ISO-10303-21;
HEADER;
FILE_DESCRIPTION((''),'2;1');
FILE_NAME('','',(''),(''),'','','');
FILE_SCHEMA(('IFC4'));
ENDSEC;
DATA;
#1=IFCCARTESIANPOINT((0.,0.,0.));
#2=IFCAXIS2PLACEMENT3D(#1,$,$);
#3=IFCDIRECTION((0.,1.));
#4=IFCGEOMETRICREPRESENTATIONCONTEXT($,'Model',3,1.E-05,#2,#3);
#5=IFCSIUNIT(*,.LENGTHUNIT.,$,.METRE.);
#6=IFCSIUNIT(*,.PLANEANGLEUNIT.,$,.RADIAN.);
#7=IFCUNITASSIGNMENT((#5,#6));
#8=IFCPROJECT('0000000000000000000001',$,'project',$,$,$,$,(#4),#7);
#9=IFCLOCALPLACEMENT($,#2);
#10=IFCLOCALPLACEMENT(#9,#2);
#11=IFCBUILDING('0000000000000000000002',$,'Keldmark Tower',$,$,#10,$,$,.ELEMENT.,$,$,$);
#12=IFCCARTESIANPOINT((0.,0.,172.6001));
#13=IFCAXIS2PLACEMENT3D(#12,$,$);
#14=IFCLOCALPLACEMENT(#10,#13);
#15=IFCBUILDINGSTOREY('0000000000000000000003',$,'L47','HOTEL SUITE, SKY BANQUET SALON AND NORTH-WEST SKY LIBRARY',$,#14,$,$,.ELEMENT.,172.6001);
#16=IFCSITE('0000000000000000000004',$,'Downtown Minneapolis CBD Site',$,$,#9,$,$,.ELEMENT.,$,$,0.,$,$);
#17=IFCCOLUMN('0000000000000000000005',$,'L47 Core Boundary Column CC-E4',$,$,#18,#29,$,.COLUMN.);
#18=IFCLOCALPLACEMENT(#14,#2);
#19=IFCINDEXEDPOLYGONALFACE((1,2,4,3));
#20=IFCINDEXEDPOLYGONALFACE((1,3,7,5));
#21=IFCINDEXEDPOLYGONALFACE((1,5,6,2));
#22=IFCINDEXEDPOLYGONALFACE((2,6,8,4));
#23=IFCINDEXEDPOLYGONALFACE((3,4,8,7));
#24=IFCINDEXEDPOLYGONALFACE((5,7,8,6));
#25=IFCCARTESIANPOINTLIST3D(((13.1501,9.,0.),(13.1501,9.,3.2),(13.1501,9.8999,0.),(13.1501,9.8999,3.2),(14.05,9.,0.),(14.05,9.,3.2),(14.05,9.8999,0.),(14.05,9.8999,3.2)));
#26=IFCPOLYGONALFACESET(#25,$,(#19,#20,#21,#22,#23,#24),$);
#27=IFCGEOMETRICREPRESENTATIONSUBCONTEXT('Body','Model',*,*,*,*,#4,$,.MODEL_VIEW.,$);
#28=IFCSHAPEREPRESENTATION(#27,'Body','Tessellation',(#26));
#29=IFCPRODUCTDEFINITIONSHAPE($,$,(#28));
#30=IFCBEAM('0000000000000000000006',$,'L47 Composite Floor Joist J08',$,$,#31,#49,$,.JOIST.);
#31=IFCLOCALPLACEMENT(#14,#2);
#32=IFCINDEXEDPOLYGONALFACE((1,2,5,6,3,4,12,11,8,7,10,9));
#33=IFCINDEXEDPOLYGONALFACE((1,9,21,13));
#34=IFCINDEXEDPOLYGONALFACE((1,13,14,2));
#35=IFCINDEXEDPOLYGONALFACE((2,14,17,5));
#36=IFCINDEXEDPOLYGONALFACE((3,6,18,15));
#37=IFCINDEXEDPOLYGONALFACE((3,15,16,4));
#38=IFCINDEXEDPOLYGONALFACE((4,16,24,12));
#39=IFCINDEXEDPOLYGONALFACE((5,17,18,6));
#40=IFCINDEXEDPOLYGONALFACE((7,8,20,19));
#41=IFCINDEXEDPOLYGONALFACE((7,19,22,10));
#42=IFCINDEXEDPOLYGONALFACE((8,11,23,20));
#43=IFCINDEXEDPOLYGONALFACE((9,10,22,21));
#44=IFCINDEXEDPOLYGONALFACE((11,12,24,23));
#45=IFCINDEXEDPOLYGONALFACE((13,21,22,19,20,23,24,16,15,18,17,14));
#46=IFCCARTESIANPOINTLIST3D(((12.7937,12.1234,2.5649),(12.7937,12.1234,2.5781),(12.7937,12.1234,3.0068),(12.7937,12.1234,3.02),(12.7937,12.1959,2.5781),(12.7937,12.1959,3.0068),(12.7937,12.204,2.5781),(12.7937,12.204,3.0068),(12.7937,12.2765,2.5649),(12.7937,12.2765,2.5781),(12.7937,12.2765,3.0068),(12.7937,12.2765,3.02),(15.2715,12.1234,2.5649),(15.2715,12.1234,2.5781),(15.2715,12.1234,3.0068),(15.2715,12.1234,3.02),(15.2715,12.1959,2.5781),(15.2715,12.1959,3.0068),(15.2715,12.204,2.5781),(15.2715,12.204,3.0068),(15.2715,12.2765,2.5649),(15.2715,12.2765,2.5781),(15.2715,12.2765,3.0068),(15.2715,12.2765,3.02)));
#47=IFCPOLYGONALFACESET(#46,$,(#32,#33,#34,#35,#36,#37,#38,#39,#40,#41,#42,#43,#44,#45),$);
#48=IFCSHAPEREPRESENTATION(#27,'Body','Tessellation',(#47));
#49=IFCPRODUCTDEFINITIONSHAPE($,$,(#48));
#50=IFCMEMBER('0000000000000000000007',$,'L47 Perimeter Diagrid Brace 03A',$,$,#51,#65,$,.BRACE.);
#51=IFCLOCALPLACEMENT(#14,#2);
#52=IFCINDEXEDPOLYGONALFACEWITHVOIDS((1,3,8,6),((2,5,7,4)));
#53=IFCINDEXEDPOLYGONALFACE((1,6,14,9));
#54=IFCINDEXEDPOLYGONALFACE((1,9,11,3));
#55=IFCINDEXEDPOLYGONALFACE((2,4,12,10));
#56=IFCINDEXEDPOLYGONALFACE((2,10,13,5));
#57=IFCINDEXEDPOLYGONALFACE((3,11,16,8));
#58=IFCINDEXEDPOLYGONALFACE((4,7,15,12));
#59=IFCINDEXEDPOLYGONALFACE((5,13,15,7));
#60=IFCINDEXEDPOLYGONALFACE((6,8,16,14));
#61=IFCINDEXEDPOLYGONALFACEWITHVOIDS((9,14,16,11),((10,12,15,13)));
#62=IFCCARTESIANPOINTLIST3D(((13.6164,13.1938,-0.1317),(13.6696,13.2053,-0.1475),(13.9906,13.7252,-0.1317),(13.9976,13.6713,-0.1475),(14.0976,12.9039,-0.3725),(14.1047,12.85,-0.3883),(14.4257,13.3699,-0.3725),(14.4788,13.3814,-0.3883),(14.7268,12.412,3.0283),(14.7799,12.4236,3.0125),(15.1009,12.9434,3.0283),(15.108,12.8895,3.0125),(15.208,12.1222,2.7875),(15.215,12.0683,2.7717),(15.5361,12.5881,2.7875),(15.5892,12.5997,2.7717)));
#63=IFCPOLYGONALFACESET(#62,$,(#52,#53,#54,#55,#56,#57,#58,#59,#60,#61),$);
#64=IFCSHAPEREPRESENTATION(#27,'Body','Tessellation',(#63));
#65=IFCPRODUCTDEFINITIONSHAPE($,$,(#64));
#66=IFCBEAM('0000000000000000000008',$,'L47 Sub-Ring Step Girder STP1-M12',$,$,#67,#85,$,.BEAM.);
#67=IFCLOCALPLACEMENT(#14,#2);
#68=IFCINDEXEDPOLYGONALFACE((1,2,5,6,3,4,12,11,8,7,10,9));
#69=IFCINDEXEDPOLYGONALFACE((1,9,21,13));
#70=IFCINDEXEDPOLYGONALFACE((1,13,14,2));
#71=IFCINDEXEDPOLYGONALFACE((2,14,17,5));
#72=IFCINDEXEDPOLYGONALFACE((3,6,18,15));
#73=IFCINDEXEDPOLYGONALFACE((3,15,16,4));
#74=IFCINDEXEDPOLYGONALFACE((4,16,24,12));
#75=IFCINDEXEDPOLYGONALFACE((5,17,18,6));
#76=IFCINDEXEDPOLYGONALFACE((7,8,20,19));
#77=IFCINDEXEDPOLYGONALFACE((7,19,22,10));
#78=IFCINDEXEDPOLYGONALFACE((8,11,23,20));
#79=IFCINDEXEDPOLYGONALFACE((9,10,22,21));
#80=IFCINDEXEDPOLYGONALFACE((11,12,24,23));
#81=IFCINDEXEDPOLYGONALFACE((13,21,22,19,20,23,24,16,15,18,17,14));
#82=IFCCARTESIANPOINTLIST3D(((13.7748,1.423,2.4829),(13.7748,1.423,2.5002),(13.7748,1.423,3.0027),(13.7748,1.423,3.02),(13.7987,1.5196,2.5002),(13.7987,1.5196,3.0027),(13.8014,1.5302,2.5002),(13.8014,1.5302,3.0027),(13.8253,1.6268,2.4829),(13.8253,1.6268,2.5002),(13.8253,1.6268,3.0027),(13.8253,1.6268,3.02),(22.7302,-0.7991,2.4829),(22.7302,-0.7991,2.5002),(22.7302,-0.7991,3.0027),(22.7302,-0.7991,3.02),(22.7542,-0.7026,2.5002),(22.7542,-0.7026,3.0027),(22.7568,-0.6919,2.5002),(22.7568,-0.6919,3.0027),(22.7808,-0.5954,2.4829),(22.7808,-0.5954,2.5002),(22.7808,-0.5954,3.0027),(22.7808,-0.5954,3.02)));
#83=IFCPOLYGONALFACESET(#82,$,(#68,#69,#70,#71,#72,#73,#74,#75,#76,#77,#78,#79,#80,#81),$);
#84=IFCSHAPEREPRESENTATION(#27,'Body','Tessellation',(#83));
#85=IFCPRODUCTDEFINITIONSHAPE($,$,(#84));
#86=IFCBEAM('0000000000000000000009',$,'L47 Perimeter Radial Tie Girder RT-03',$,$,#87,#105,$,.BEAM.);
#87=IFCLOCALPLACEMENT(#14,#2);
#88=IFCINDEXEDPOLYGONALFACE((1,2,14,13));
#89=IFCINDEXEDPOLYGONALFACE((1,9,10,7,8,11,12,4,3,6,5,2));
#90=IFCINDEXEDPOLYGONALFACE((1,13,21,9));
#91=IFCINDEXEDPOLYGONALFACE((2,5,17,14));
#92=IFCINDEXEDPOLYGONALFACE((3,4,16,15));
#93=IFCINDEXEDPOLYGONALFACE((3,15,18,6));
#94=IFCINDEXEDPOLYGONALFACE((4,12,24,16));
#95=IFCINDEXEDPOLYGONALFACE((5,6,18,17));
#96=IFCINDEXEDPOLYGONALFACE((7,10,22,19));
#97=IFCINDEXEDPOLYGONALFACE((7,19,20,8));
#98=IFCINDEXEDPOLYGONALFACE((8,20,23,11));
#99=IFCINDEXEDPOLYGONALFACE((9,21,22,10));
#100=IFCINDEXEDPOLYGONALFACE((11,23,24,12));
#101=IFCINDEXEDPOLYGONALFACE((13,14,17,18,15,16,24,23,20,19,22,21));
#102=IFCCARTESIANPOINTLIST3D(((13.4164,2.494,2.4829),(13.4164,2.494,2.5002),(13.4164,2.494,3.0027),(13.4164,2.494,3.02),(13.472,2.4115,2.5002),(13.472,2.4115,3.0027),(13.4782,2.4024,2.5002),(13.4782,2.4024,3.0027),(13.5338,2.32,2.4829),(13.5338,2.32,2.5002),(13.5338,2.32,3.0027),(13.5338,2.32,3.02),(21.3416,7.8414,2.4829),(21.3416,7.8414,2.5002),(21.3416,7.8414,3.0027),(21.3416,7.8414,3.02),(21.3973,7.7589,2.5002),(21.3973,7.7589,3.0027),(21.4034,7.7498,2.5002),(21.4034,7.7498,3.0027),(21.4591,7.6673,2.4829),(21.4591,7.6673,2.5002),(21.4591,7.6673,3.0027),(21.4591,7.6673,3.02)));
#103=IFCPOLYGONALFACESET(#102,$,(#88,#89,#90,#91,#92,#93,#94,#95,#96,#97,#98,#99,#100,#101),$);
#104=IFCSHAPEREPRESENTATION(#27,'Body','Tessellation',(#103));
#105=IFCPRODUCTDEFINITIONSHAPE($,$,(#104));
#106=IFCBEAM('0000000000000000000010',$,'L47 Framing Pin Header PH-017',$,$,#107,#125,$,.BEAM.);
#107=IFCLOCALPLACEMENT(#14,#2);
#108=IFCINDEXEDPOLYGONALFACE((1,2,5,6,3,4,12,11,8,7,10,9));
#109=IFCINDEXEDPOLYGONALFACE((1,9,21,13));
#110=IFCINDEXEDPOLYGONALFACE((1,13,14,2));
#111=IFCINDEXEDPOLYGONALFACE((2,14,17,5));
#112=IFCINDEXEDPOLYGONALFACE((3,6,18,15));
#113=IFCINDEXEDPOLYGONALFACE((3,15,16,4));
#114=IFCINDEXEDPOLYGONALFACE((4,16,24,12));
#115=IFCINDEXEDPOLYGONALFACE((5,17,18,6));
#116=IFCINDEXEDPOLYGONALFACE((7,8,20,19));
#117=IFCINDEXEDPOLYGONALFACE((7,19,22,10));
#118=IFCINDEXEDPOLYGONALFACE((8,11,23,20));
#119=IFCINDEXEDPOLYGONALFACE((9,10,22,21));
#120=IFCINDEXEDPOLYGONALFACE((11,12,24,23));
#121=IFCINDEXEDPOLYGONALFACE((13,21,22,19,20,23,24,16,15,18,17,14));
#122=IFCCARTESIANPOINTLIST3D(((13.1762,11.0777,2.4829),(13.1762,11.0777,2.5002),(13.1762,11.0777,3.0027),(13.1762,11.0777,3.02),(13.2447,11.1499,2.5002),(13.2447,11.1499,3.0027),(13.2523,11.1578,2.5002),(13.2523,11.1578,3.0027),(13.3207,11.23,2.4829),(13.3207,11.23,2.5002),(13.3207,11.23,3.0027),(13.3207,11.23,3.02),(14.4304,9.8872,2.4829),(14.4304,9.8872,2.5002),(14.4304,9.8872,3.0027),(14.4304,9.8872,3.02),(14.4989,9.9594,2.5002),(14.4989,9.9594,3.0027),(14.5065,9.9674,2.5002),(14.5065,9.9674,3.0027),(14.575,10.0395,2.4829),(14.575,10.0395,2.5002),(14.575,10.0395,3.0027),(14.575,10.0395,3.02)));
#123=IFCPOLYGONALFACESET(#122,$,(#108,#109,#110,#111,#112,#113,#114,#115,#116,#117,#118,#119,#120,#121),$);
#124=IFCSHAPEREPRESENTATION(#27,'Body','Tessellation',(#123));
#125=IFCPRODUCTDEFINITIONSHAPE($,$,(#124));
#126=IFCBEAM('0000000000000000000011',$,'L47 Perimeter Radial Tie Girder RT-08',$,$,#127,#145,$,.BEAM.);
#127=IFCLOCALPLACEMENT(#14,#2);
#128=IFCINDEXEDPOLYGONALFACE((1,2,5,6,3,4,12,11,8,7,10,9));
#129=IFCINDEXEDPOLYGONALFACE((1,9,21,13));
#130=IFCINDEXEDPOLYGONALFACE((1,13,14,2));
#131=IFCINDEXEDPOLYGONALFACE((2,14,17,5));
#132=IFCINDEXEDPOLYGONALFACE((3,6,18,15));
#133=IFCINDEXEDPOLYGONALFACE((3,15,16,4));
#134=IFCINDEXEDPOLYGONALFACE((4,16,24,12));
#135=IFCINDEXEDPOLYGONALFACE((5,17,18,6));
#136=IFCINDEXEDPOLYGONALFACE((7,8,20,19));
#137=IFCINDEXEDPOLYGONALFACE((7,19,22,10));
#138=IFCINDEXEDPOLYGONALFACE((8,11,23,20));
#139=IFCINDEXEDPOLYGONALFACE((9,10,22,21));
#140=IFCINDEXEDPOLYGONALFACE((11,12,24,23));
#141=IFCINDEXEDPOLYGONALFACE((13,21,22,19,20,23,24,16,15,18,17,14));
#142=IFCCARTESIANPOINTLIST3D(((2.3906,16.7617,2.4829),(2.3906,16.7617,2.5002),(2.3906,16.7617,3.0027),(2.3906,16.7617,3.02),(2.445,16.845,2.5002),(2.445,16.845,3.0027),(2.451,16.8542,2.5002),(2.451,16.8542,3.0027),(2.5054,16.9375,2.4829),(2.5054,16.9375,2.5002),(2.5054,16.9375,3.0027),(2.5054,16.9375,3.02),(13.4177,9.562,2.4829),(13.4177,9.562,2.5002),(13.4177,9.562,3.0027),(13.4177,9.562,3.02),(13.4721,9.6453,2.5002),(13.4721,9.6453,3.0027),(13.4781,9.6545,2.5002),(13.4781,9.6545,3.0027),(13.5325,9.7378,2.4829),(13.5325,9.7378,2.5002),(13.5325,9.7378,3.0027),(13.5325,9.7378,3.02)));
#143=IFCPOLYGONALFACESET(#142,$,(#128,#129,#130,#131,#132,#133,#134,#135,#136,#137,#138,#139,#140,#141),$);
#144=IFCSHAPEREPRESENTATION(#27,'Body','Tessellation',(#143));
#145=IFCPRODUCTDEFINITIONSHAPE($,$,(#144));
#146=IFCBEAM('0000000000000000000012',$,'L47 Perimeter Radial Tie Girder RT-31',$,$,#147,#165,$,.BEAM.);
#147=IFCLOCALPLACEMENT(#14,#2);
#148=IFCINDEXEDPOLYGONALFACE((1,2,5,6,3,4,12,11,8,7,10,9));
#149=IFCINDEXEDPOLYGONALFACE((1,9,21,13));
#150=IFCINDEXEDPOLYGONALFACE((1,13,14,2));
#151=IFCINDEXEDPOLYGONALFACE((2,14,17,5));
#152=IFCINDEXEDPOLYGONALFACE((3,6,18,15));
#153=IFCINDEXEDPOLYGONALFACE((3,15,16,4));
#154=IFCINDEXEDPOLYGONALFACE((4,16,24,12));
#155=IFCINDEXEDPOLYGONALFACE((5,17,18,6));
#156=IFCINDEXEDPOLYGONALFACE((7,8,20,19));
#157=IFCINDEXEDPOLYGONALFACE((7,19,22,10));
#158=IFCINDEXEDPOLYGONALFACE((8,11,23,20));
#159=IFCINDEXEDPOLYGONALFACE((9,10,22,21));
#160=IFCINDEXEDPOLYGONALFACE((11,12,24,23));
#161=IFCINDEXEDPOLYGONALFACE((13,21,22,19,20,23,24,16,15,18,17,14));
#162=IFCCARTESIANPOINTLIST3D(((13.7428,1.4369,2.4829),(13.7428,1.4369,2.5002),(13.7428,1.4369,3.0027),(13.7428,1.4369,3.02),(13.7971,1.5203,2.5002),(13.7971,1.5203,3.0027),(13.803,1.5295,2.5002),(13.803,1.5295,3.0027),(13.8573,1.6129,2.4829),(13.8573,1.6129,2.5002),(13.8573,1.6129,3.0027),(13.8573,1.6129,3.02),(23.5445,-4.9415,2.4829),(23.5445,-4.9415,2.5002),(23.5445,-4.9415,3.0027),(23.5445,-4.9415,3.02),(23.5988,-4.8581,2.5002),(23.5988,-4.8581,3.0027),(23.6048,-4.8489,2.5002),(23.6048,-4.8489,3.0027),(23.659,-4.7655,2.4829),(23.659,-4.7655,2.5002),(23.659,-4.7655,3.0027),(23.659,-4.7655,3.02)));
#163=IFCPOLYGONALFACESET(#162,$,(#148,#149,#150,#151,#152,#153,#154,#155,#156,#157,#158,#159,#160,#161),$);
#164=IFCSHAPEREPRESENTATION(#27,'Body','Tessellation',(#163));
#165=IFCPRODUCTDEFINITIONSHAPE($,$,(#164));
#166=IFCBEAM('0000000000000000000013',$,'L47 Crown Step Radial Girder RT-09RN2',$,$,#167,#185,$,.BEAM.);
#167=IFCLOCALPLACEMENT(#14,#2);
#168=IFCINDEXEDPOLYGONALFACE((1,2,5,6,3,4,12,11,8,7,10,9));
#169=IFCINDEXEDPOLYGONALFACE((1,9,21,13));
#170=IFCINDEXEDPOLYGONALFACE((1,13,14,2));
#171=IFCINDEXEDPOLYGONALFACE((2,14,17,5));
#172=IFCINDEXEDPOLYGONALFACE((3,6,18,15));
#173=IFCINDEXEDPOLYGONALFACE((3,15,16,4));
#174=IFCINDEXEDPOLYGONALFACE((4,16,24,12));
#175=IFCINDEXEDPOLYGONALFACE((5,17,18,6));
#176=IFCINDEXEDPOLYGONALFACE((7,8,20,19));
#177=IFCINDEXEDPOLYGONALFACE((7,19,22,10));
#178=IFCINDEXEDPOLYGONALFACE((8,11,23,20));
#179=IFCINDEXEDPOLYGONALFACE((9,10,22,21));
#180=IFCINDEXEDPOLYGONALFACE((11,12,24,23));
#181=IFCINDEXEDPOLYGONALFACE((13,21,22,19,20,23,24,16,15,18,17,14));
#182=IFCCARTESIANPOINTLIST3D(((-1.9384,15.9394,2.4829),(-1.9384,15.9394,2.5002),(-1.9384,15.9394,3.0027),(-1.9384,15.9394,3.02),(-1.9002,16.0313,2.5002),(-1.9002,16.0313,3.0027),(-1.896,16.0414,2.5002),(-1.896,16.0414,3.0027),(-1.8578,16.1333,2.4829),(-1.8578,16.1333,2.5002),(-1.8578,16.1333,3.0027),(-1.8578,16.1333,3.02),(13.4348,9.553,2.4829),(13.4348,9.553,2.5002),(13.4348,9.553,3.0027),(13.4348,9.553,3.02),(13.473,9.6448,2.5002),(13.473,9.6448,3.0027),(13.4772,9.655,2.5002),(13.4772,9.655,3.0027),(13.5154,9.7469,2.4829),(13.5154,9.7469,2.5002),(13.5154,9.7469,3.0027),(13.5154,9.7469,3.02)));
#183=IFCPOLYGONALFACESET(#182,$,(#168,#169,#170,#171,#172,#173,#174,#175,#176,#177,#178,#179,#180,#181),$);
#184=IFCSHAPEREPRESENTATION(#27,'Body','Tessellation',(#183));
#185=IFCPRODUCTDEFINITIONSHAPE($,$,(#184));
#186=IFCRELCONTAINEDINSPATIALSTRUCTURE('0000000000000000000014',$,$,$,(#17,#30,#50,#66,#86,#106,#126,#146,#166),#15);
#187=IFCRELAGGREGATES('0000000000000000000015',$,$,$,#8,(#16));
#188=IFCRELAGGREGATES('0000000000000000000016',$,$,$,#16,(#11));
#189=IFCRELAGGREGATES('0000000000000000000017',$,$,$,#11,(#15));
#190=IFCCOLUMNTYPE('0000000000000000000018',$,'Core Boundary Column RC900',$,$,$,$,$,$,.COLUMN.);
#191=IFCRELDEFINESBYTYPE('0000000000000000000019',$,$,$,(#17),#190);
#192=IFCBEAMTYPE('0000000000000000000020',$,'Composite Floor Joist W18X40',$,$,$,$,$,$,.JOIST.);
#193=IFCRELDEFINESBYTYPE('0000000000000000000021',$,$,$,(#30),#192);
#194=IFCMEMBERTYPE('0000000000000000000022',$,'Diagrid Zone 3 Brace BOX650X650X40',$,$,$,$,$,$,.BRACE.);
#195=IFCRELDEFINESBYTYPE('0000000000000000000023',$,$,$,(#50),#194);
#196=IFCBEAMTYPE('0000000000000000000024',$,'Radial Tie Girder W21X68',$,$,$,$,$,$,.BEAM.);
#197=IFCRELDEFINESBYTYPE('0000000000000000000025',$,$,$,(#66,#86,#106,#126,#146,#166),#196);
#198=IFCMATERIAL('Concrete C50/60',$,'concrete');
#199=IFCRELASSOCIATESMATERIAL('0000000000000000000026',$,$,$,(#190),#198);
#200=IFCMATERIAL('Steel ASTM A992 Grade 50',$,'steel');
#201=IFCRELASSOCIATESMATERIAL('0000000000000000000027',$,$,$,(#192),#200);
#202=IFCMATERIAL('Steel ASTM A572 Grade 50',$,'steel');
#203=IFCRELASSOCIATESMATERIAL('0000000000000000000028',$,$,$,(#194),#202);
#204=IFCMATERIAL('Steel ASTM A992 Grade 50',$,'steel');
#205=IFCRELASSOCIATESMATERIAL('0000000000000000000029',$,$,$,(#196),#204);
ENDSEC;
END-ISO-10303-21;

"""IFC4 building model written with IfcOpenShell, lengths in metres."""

from ifc_helpers import new_model, si_unit, direction, frame, origin, origin_2d, place, context, subcontext, project, spatial, rectangle, hollow_rectangle, i_section, extrude, material, material_profile, profile_set, type_object, element, save


model = new_model("IFC4")

# Units and contexts
model_context = context("Model", 3, precision=1e-05, world=origin(), true_north=direction((0.0, 1.0)))
body_context = subcontext(model_context, "Body", "Model", "MODEL_VIEW")
ifc_project = project(units=[si_unit("LENGTHUNIT", "METRE"), si_unit("PLANEANGLEUNIT", "RADIAN")], contexts=[model_context])

# Site, building, storey
site_placement = place(None, origin())
site = spatial("IfcSite", under=ifc_project, at=site_placement, Name="Downtown Minneapolis CBD Site", CompositionType="ELEMENT", RefElevation=0.0)
building_placement = place(site_placement, origin())
building = spatial("IfcBuilding", under=site, at=building_placement, Name="Keldmark Tower", CompositionType="ELEMENT")
storey_placement = place(building_placement, frame((0.0, 0.0, 172.6001)))
storey = spatial("IfcBuildingStorey", under=building, at=storey_placement, Name="L47", Description="HOTEL SUITE, SKY BANQUET SALON AND NORTH-WEST SKY LIBRARY", CompositionType="ELEMENT", Elevation=172.6001)

# Column
ifc_material_1 = material(Name="Concrete C50/60", Category="concrete")
ifc_material_profile_1 = material_profile(ifc_material_1, rectangle(XDim=0.8999, YDim=0.8999, at=origin_2d()), Name="RC900X900")
ifc_profile_set_1 = profile_set([ifc_material_profile_1], Name="Concrete C50/60")
column_type = type_object("IfcColumnType", Name="Core Boundary Column RC900", PredefinedType="COLUMN", material=ifc_profile_set_1)
column_placement = place(storey_placement, frame((13.6001, 9.45, 0.0), z_axis=(0.0, 0.0, 1.0), x_axis=(1.0, 0.0, 0.0)))
element("IfcColumn", 1, at=column_placement, inside=storey, type_object=column_type, Name="L47 Core Boundary Column CC-E4", PredefinedType="COLUMN", context=body_context, shape_type="SweptSolid", body=[
    extrude(rectangle(XDim=0.8999, YDim=0.8999, at=origin_2d()), origin(), (0.0, 0.0, 1.0), 3.2),
])

# Beam
ifc_material_2 = material(Name="Steel ASTM A992 Grade 50", Category="steel")
ifc_material_profile_2 = material_profile(ifc_material_2, i_section(OverallWidth=0.1531, OverallDepth=0.4551, WebThickness=0.0081, FlangeThickness=0.0132, at=origin_2d()), Name="W18X40")
ifc_profile_set_2 = profile_set([ifc_material_profile_2], Name="Steel ASTM A992 Grade 50")
beam_type_1 = type_object("IfcBeamType", Name="Composite Floor Joist W18X40", PredefinedType="JOIST", material=ifc_profile_set_2)
beam_1_placement = place(storey_placement, frame((12.7937, 12.2, 2.7925), z_axis=(1.0, 0.0, 0.0), x_axis=(0.0, 1.0, 0.0)))
element("IfcBeam", 2, at=beam_1_placement, inside=storey, type_object=beam_type_1, Name="L47 Composite Floor Joist J08", PredefinedType="JOIST", context=body_context, shape_type="SweptSolid", body=[
    extrude(i_section(OverallWidth=0.1531, OverallDepth=0.4551, WebThickness=0.0081, FlangeThickness=0.0132, at=origin_2d()), origin(), (0.0, 0.0, 1.0), 2.4778),
])

# Member
ifc_material_3 = material(Name="Steel ASTM A572 Grade 50", Category="steel")
ifc_material_profile_3 = material_profile(ifc_material_3, hollow_rectangle(XDim=0.6499, YDim=0.6499, WallThickness=0.04, at=origin_2d()), Name="BOX650X650X40")
ifc_profile_set_3 = profile_set([ifc_material_profile_3], Name="Steel ASTM A572 Grade 50")
member_type = type_object("IfcMemberType", Name="Diagrid Zone 3 Brace BOX650X650X40", PredefinedType="BRACE", material=ifc_profile_set_3)
member_placement = place(storey_placement, frame((14.0476, 13.2876, -0.26), z_axis=(0.322839, -0.227293, 0.918756), x_axis=(0.57568, 0.817675, 0.0)))
element("IfcMember", 3, at=member_placement, inside=storey, type_object=member_type, Name="L47 Perimeter Diagrid Brace 03A", PredefinedType="BRACE", context=body_context, shape_type="SweptSolid", body=[
    extrude(hollow_rectangle(XDim=0.6499, YDim=0.6499, WallThickness=0.04, at=origin_2d()), origin(), (0.0, 0.0, 1.0), 3.4395),
])

# Beams
ifc_material_4 = material(Name="Steel ASTM A992 Grade 50", Category="steel")
ifc_material_profile_4 = material_profile(ifc_material_4, i_section(OverallWidth=0.21, OverallDepth=0.5371, WebThickness=0.011, FlangeThickness=0.0173, at=origin_2d()), Name="W21X68")
ifc_profile_set_4 = profile_set([ifc_material_profile_4], Name="Steel ASTM A992 Grade 50")
beam_type_2 = type_object("IfcBeamType", Name="Radial Tie Girder W21X68", PredefinedType="BEAM", material=ifc_profile_set_4)
beam_2_placement = place(storey_placement, frame((13.8, 1.5249, 2.7515), z_axis=(0.970567, -0.240829, 0.0), x_axis=(0.240829, 0.970567, 0.0)))
element("IfcBeam", 4, at=beam_2_placement, inside=storey, type_object=beam_type_2, Name="L47 Sub-Ring Step Girder STP1-M12", PredefinedType="BEAM", context=body_context, shape_type="SweptSolid", body=[
    extrude(i_section(OverallWidth=0.21, OverallDepth=0.5371, WebThickness=0.011, FlangeThickness=0.0173, at=origin_2d()), origin(), (0.0, 0.0, 1.0), 9.2271),
])
beam_3_placement = place(storey_placement, frame((13.4751, 2.407, 2.7515), z_axis=(0.828953, 0.559318, 0.0), x_axis=(-0.559318, 0.828953, 0.0)))
element("IfcBeam", 5, at=beam_3_placement, inside=storey, type_object=beam_type_2, Name="L47 Perimeter Radial Tie Girder RT-03", PredefinedType="BEAM", context=body_context, shape_type="SweptSolid", body=[
    extrude(i_section(OverallWidth=0.21, OverallDepth=0.5371, WebThickness=0.011, FlangeThickness=0.0173, at=origin_2d()), origin(), (0.0, 0.0, 1.0), 9.5605),
])
beam_4_placement = place(storey_placement, frame((14.5027, 9.9634, 2.7515), z_axis=(-0.725292, 0.688441, 0.0), x_axis=(-0.688441, -0.725292, 0.0)))
element("IfcBeam", 6, at=beam_4_placement, inside=storey, type_object=beam_type_2, Name="L47 Framing Pin Header PH-017", PredefinedType="BEAM", context=body_context, shape_type="SweptSolid", body=[
    extrude(i_section(OverallWidth=0.21, OverallDepth=0.5371, WebThickness=0.011, FlangeThickness=0.0173, at=origin_2d()), origin(), (0.0, 0.0, 1.0), 1.7292),
])
beam_5_placement = place(storey_placement, frame((13.4751, 9.6499, 2.7515), z_axis=(-0.837328, 0.5467, 0.0), x_axis=(-0.5467, -0.837328, 0.0)))
element("IfcBeam", 7, at=beam_5_placement, inside=storey, type_object=beam_type_2, Name="L47 Perimeter Radial Tie Girder RT-08", PredefinedType="BEAM", context=body_context, shape_type="SweptSolid", body=[
    extrude(i_section(OverallWidth=0.21, OverallDepth=0.5371, WebThickness=0.011, FlangeThickness=0.0173, at=origin_2d()), origin(), (0.0, 0.0, 1.0), 13.1694),
])
beam_6_placement = place(storey_placement, frame((13.8, 1.5249, 2.7515), z_axis=(0.838159, -0.545426, 0.0), x_axis=(0.545426, 0.838159, 0.0)))
element("IfcBeam", 8, at=beam_6_placement, inside=storey, type_object=beam_type_2, Name="L47 Perimeter Radial Tie Girder RT-31", PredefinedType="BEAM", context=body_context, shape_type="SweptSolid", body=[
    extrude(i_section(OverallWidth=0.21, OverallDepth=0.5371, WebThickness=0.011, FlangeThickness=0.0173, at=origin_2d()), origin(), (0.0, 0.0, 1.0), 11.6943),
])
beam_7_placement = place(storey_placement, frame((13.4751, 9.6499, 2.7515), z_axis=(-0.923483, 0.383639, 0.0), x_axis=(-0.383639, -0.923483, 0.0)))
element("IfcBeam", 9, at=beam_7_placement, inside=storey, type_object=beam_type_2, Name="L47 Crown Step Radial Girder RT-09RN2", PredefinedType="BEAM", context=body_context, shape_type="SweptSolid", body=[
    extrude(i_section(OverallWidth=0.21, OverallDepth=0.5371, WebThickness=0.011, FlangeThickness=0.0173, at=origin_2d()), origin(), (0.0, 0.0, 1.0), 16.647),
])

save(model, "model.ifc")
